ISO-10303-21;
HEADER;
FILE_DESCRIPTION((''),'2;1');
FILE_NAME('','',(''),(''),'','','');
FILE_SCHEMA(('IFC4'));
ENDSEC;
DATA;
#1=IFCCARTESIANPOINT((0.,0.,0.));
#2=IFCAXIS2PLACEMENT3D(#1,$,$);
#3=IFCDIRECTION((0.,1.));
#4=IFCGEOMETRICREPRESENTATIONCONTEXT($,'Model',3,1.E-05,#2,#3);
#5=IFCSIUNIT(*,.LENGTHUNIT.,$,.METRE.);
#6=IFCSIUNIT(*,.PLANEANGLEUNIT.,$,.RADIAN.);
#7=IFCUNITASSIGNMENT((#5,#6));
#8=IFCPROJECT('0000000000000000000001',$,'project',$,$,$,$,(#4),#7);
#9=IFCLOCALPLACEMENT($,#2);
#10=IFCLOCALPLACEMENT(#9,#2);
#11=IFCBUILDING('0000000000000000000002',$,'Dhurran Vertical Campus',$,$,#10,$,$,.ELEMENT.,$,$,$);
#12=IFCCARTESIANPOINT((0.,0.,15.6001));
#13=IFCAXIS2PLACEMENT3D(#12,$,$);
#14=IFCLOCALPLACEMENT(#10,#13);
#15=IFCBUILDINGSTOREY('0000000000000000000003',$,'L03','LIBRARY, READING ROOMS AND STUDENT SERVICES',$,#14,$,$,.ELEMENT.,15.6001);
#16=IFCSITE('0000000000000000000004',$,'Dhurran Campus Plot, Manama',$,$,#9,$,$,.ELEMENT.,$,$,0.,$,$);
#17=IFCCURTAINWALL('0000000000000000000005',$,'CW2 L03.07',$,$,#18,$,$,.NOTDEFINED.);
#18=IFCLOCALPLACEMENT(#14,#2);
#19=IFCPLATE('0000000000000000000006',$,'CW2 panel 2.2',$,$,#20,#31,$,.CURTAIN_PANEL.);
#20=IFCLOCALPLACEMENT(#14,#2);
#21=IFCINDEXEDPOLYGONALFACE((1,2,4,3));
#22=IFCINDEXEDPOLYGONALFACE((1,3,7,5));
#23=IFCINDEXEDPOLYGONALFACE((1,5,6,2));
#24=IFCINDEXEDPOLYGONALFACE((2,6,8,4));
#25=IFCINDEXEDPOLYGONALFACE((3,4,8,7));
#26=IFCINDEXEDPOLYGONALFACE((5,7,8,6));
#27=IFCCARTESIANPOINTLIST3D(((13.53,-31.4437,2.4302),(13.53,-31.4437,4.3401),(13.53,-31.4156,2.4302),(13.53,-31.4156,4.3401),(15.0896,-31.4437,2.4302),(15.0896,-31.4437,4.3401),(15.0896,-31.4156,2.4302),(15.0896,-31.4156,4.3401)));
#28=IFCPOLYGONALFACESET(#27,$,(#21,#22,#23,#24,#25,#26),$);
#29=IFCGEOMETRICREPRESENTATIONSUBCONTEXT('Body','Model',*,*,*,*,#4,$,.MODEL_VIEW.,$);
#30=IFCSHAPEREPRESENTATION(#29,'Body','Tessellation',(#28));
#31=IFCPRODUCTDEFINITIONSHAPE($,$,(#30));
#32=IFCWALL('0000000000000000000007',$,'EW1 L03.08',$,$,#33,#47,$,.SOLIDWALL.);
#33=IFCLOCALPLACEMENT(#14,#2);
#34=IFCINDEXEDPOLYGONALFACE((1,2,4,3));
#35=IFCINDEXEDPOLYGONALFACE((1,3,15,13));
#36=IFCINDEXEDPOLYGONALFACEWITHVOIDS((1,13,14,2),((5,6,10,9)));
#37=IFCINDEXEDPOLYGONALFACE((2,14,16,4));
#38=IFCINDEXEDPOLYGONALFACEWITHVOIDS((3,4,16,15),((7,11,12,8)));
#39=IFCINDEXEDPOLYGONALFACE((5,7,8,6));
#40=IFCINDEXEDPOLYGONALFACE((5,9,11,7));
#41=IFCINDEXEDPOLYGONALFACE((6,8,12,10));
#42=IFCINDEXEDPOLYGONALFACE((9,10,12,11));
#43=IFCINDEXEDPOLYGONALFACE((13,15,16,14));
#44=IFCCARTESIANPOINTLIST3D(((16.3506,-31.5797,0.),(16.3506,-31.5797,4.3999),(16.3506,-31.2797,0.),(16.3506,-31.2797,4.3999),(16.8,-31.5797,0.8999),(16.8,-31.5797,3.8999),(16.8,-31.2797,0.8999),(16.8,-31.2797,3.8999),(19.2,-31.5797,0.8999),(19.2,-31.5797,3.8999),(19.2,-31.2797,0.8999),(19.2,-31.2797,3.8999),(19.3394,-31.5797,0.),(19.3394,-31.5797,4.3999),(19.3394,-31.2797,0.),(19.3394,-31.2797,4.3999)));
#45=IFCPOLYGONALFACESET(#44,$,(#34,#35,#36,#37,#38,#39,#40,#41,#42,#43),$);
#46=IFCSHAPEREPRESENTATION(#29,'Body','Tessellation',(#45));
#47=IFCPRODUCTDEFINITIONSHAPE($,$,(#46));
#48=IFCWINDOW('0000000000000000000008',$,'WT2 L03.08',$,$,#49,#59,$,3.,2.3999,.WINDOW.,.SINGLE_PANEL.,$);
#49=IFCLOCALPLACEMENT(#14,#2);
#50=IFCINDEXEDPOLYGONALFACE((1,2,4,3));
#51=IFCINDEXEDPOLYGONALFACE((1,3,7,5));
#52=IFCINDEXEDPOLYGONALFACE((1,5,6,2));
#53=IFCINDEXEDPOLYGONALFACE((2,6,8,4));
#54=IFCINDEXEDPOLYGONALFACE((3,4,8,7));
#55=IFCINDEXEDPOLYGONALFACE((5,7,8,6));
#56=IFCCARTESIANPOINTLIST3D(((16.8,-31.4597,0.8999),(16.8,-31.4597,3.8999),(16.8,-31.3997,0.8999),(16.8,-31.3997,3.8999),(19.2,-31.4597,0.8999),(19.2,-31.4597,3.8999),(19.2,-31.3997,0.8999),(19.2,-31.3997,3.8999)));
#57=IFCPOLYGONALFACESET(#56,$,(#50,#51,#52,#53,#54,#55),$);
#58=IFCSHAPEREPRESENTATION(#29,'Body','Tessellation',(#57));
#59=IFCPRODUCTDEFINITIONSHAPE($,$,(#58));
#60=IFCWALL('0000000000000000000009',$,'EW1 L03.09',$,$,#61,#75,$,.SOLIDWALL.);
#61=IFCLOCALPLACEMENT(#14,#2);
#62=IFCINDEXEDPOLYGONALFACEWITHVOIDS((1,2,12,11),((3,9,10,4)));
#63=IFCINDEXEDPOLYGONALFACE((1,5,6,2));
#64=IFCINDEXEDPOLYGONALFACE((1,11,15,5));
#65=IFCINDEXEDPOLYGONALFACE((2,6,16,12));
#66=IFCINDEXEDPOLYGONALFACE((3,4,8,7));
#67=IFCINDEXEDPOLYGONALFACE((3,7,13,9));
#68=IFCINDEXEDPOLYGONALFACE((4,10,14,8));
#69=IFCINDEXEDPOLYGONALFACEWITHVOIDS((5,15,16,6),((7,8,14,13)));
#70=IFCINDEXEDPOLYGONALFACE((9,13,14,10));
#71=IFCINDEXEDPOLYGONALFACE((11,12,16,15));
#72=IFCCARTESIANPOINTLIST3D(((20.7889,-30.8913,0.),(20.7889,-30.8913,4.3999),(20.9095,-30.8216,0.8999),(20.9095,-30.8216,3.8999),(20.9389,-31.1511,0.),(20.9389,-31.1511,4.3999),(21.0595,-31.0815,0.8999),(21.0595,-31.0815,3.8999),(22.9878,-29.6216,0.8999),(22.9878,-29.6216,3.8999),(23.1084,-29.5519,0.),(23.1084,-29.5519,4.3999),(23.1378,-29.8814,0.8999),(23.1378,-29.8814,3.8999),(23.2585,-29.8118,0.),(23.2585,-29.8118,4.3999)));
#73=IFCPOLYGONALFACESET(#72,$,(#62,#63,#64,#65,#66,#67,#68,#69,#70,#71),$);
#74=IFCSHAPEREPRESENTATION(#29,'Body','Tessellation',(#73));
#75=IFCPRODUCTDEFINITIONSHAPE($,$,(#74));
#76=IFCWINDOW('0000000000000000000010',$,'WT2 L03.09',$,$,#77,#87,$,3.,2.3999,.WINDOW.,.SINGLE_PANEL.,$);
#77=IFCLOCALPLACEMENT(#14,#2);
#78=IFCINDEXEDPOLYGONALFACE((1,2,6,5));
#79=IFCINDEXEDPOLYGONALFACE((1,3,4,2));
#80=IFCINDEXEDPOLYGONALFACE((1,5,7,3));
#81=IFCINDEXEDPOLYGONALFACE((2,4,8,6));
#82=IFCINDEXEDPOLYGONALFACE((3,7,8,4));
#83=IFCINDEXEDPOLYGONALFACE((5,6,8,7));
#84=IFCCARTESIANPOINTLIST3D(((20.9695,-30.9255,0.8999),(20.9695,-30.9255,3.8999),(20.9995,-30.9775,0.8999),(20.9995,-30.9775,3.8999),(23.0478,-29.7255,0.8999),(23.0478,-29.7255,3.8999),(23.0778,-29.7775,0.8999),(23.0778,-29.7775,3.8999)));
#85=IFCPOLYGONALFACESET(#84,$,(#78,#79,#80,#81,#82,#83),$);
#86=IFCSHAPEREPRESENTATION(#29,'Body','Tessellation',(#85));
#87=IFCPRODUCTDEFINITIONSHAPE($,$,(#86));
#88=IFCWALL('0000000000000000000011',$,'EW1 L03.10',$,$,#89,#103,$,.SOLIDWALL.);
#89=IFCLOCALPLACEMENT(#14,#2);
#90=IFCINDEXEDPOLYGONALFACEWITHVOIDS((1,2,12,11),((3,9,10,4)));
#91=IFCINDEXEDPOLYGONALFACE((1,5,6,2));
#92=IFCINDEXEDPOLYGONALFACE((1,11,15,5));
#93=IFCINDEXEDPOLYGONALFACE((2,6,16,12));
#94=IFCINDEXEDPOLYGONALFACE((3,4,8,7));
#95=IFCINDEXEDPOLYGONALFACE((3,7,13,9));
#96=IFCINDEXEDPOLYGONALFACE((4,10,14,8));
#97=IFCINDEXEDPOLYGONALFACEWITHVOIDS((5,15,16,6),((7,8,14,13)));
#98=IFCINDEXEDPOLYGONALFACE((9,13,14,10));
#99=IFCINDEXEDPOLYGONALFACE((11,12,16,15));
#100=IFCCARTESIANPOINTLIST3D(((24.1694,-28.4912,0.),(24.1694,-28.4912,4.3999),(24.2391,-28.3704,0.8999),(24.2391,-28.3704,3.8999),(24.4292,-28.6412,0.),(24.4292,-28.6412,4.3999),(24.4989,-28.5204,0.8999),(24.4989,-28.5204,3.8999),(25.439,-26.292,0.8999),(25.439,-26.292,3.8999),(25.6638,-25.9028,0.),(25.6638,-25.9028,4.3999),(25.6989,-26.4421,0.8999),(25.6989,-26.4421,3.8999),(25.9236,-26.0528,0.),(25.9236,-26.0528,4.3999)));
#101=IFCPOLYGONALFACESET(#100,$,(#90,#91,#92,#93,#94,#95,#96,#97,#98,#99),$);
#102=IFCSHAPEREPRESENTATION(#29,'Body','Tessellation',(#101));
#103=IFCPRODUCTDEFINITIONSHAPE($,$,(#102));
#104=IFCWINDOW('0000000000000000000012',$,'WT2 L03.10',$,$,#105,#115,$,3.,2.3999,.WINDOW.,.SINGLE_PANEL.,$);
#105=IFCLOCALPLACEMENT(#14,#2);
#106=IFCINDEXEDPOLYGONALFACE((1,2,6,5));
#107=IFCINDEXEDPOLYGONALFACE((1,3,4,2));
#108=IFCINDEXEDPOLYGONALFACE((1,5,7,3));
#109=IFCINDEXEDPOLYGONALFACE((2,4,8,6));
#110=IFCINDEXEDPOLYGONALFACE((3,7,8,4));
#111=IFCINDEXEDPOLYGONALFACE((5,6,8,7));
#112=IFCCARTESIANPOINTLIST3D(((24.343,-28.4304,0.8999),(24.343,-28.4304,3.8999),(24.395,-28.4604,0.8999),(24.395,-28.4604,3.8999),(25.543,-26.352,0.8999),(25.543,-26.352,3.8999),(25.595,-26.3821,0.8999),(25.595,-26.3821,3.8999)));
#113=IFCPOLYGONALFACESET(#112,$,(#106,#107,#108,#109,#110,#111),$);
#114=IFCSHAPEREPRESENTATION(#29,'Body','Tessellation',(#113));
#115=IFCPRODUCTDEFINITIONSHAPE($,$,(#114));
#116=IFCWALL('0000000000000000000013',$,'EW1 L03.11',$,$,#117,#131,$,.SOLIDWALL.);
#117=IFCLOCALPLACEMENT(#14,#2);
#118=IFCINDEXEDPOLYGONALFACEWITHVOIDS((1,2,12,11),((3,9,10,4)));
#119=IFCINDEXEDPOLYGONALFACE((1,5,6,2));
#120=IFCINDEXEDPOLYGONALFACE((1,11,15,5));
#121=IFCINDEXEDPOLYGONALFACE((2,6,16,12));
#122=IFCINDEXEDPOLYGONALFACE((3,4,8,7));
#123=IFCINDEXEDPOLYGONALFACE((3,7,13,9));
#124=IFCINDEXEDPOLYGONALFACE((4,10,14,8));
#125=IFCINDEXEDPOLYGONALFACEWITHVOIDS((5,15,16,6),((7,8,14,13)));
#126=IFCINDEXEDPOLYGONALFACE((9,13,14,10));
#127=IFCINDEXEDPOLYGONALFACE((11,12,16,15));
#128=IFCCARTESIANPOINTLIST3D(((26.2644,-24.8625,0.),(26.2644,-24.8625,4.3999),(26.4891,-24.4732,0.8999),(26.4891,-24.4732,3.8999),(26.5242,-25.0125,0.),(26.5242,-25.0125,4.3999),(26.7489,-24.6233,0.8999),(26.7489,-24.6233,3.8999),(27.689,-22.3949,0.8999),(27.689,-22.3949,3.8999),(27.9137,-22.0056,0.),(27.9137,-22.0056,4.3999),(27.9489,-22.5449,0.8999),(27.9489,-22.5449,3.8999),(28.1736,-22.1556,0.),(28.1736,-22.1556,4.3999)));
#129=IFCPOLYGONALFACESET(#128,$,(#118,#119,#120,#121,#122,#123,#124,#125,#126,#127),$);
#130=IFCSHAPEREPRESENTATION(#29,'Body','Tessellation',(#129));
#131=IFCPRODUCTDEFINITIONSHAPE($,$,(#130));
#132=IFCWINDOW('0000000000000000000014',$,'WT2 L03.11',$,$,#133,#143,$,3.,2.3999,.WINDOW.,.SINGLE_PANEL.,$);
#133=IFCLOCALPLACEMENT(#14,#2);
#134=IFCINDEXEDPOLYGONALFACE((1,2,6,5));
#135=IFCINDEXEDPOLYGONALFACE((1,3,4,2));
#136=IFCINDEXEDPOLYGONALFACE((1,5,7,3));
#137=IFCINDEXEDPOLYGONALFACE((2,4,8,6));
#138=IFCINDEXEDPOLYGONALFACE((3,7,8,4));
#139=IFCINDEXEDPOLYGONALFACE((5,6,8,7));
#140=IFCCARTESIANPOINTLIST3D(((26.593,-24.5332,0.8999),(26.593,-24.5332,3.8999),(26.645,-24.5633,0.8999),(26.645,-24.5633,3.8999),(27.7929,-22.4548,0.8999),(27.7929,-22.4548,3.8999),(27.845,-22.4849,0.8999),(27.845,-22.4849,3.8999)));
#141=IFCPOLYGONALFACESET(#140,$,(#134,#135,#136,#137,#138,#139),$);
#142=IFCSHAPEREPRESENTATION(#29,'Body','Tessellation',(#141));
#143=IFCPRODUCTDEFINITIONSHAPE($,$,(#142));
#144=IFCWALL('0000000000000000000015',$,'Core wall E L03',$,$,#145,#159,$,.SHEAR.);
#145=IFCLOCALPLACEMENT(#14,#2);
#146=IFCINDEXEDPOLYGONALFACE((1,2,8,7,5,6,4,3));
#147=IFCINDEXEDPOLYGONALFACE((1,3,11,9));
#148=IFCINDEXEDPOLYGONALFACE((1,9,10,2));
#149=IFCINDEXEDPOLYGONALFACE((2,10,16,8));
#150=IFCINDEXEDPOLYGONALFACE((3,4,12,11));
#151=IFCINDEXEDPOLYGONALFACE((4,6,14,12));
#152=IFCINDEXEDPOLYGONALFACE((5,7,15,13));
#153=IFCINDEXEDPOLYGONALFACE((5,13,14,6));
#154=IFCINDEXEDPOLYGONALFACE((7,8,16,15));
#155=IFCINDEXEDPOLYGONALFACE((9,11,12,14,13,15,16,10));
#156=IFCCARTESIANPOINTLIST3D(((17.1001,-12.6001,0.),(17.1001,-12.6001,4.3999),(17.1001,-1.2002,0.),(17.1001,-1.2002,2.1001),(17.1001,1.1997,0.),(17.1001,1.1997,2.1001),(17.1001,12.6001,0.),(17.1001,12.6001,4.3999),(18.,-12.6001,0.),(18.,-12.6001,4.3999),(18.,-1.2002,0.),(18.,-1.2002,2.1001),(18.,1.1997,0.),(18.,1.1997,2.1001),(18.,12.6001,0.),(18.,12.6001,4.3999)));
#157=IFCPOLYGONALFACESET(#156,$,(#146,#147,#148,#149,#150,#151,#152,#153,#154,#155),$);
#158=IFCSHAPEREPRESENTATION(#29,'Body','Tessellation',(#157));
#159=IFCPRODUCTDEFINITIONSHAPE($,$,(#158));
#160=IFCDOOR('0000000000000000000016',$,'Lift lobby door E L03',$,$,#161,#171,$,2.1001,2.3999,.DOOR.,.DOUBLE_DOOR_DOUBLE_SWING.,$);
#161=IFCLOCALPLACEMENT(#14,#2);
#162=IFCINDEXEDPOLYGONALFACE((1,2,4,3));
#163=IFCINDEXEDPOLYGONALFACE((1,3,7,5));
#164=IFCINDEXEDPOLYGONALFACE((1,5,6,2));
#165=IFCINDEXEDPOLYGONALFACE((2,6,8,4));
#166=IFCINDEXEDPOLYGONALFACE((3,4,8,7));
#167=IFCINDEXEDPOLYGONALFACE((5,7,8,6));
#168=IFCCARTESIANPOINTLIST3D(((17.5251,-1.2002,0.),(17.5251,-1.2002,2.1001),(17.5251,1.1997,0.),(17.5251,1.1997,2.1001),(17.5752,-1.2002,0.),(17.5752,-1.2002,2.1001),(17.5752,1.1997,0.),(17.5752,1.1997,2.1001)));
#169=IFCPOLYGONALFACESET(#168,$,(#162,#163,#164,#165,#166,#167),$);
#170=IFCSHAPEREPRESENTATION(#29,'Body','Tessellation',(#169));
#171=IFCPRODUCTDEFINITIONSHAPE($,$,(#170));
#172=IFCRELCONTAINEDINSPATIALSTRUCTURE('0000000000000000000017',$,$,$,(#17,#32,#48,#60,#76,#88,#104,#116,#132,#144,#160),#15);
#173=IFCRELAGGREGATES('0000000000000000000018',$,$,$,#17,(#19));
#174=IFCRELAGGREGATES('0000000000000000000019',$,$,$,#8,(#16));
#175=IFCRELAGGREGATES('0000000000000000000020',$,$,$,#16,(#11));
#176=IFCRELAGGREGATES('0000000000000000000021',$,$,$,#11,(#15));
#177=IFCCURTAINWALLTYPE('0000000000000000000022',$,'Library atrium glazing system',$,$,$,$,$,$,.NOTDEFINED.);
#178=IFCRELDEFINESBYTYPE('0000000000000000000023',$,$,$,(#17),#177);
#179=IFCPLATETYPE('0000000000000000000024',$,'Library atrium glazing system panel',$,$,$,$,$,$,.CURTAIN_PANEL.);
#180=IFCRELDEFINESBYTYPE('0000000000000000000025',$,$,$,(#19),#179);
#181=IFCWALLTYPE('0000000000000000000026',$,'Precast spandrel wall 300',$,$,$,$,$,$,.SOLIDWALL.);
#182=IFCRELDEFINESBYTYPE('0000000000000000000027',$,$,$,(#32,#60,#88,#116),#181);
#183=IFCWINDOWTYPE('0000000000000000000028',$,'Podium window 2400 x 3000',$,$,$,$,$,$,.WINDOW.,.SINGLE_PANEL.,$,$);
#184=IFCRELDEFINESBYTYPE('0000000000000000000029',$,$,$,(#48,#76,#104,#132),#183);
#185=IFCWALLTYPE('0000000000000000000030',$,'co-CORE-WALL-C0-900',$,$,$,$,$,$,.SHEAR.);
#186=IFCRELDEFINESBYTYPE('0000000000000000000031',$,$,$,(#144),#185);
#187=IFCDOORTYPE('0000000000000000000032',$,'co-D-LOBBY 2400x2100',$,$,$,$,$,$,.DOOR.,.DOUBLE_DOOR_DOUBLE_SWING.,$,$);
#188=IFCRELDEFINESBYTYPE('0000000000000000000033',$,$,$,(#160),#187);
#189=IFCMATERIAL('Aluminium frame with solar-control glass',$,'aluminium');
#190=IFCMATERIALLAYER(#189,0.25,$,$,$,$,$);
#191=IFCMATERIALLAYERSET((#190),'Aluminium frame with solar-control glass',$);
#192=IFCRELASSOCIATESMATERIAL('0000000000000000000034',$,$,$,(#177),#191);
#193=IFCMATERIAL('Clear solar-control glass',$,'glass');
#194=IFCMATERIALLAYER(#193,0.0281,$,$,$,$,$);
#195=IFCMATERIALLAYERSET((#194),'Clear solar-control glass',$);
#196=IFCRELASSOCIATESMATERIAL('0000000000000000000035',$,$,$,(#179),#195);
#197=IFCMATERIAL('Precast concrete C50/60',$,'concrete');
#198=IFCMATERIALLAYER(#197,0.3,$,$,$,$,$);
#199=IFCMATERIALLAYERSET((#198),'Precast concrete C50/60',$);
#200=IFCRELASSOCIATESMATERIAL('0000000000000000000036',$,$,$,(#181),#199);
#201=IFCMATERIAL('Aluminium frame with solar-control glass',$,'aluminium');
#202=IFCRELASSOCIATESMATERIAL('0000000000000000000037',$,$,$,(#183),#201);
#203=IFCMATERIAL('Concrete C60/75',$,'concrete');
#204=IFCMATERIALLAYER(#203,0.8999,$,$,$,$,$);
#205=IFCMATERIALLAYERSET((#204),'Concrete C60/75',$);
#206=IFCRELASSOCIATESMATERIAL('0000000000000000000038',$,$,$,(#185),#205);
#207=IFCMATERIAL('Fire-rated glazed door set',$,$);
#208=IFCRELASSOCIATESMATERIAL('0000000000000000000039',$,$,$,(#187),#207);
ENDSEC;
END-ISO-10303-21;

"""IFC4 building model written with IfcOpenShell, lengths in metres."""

from ifc_helpers import new_model, si_unit, direction, frame, frame_2d, origin, origin_2d, place, context, subcontext, project, spatial, rectangle, extrude, material, layer, layer_set, type_object, element, fill, aggregate, save


model = new_model("IFC4")

# Units and contexts
model_context = context("Model", 3, precision=1e-05, world=origin(), true_north=direction((0.0, 1.0)))
body_context = subcontext(model_context, "Body", "Model", "MODEL_VIEW")
ifc_project = project(units=[si_unit("LENGTHUNIT", "METRE"), si_unit("PLANEANGLEUNIT", "RADIAN")], contexts=[model_context])

# Site, building, storey
site_placement = place(None, origin())
site = spatial("IfcSite", under=ifc_project, at=site_placement, Name="Dhurran Campus Plot, Manama", CompositionType="ELEMENT", RefElevation=0.0)
building_placement = place(site_placement, origin())
building = spatial("IfcBuilding", under=site, at=building_placement, Name="Dhurran Vertical Campus", CompositionType="ELEMENT")
storey_placement = place(building_placement, frame((0.0, 0.0, 15.6001)))
storey = spatial("IfcBuildingStorey", under=building, at=storey_placement, Name="L03", Description="LIBRARY, READING ROOMS AND STUDENT SERVICES", CompositionType="ELEMENT", Elevation=15.6001)

# Curtain wall, plate
ifc_material_1 = material(Name="Aluminium frame with solar-control glass", Category="aluminium")
ifc_layer_1 = layer(ifc_material_1, 0.25)
ifc_layer_set_1 = layer_set([ifc_layer_1], Name="Aluminium frame with solar-control glass")
curtain_wall_type = type_object("IfcCurtainWallType", Name="Library atrium glazing system", PredefinedType="NOTDEFINED", material=ifc_layer_set_1)
curtain_wall_placement = place(storey_placement, origin())
curtain_wall = element("IfcCurtainWall", 1, at=curtain_wall_placement, inside=storey, type_object=curtain_wall_type, Name="CW2 L03.07", PredefinedType="NOTDEFINED")
ifc_material_2 = material(Name="Clear solar-control glass", Category="glass")
ifc_layer_2 = layer(ifc_material_2, 0.0281)
ifc_layer_set_2 = layer_set([ifc_layer_2], Name="Clear solar-control glass")
plate_type = type_object("IfcPlateType", Name="Library atrium glazing system panel", PredefinedType="CURTAIN_PANEL", material=ifc_layer_set_2)
plate_1_placement = place(storey_placement, frame((14.3098, -31.4297, 2.4302), z_axis=(0.0, 0.0, 1.0), x_axis=(1.0, 0.0, 0.0)))
plate_1 = element("IfcPlate", 2, at=plate_1_placement, type_object=plate_type, Name="CW2 panel 2.2", PredefinedType="CURTAIN_PANEL", context=body_context, shape_type="SweptSolid", body=[
    extrude(rectangle(XDim=1.5596, YDim=0.0281, at=origin_2d()), origin(), (0.0, 0.0, 1.0), 1.9099),
])
aggregate(curtain_wall, [plate_1])

# Walls, openings, windows
ifc_material_3 = material(Name="Precast concrete C50/60", Category="concrete")
ifc_layer_3 = layer(ifc_material_3, 0.3)
ifc_layer_set_3 = layer_set([ifc_layer_3], Name="Precast concrete C50/60")
wall_type_1 = type_object("IfcWallType", Name="Precast spandrel wall 300", PredefinedType="SOLIDWALL", material=ifc_layer_set_3)
wall_1_placement = place(storey_placement, frame((16.3506, -31.4297, 0.0), z_axis=(0.0, 0.0, 1.0), x_axis=(1.0, 0.0, 0.0)))
wall_1 = element("IfcWall", 3, at=wall_1_placement, inside=storey, type_object=wall_type_1, Name="EW1 L03.08", PredefinedType="SOLIDWALL", context=body_context, shape_type="SweptSolid", body=[
    extrude(rectangle(XDim=2.9888, YDim=0.3, at=frame_2d((1.4944, 0.0))), origin(), (0.0, 0.0, 1.0), 4.3999),
])
opening_1_placement = place(wall_1_placement, frame((0.4495, 0.0, 0.8999)))
opening_1 = element("IfcOpeningElement", 4, at=opening_1_placement, cuts=wall_1, PredefinedType="OPENING", context=body_context, shape_type="SweptSolid", body=[
    extrude(rectangle(XDim=2.3999, YDim=3.0, at=frame_2d((1.2, 1.5))), frame((0.0, 0.1599, 0.0), z_axis=(0.0, -1.0, 0.0), x_axis=(1.0, 0.0, 0.0)), (0.0, 0.0, 1.0), 0.3201),
])
ifc_material_4 = material(Name="Aluminium frame with solar-control glass", Category="aluminium")
window_type = type_object("IfcWindowType", Name="Podium window 2400 x 3000", PartitioningType="SINGLE_PANEL", PredefinedType="WINDOW", material=ifc_material_4)
window_1_placement = place(opening_1_placement, origin())
window_1 = element("IfcWindow", 5, at=window_1_placement, inside=storey, type_object=window_type, Name="WT2 L03.08", OverallHeight=3.0, OverallWidth=2.3999, PartitioningType="SINGLE_PANEL", PredefinedType="WINDOW", context=body_context, shape_type="SweptSolid", body=[
    extrude(rectangle(XDim=2.3999, YDim=3.0, at=frame_2d((1.2, 1.5))), frame((0.0, 0.03, 0.0), z_axis=(0.0, -1.0, 0.0), x_axis=(1.0, 0.0, 0.0)), (0.0, 0.0, 1.0), 0.0601),
])
fill(opening_1, window_1)
wall_2_placement = place(storey_placement, frame((20.8638, -31.0212, 0.0), z_axis=(0.0, 0.0, 1.0), x_axis=(0.866002, 0.500041, 0.0)))
wall_2 = element("IfcWall", 6, at=wall_2_placement, inside=storey, type_object=wall_type_1, Name="EW1 L03.09", PredefinedType="SOLIDWALL", context=body_context, shape_type="SweptSolid", body=[
    extrude(rectangle(XDim=2.6785, YDim=0.3, at=frame_2d((1.3394, 0.0))), origin(), (0.0, 0.0, 1.0), 4.3999),
])
opening_2_placement = place(wall_2_placement, frame((0.1394, 0.0, 0.8999)))
opening_2 = element("IfcOpeningElement", 7, at=opening_2_placement, cuts=wall_2, PredefinedType="OPENING", context=body_context, shape_type="SweptSolid", body=[
    extrude(rectangle(XDim=2.3999, YDim=3.0, at=frame_2d((1.2, 1.5))), frame((0.0, 0.1599, 0.0), z_axis=(0.0, -1.0, 0.0), x_axis=(1.0, 0.0, 0.0)), (0.0, 0.0, 1.0), 0.3201),
])
window_2_placement = place(opening_2_placement, origin())
window_2 = element("IfcWindow", 8, at=window_2_placement, inside=storey, type_object=window_type, Name="WT2 L03.09", OverallHeight=3.0, OverallWidth=2.3999, PartitioningType="SINGLE_PANEL", PredefinedType="WINDOW", context=body_context, shape_type="SweptSolid", body=[
    extrude(rectangle(XDim=2.3999, YDim=3.0, at=frame_2d((1.2, 1.5))), frame((0.0, 0.03, 0.0), z_axis=(0.0, -1.0, 0.0), x_axis=(1.0, 0.0, 0.0)), (0.0, 0.0, 1.0), 0.0601),
])
fill(opening_2, window_2)
wall_3_placement = place(storey_placement, frame((24.2993, -28.5662, 0.0), z_axis=(0.0, 0.0, 1.0), x_axis=(0.499996, 0.866028, 0.0)))
wall_3 = element("IfcWall", 9, at=wall_3_placement, inside=storey, type_object=wall_type_1, Name="EW1 L03.10", PredefinedType="SOLIDWALL", context=body_context, shape_type="SweptSolid", body=[
    extrude(rectangle(XDim=2.9888, YDim=0.3, at=frame_2d((1.4944, 0.0))), origin(), (0.0, 0.0, 1.0), 4.3999),
])
opening_3_placement = place(wall_3_placement, frame((0.1394, 0.0, 0.8999)))
opening_3 = element("IfcOpeningElement", 10, at=opening_3_placement, cuts=wall_3, PredefinedType="OPENING", context=body_context, shape_type="SweptSolid", body=[
    extrude(rectangle(XDim=2.3999, YDim=3.0, at=frame_2d((1.2, 1.5))), frame((0.0, 0.1599, 0.0), z_axis=(0.0, -1.0, 0.0), x_axis=(1.0, 0.0, 0.0)), (0.0, 0.0, 1.0), 0.3201),
])
window_3_placement = place(opening_3_placement, origin())
window_3 = element("IfcWindow", 11, at=window_3_placement, inside=storey, type_object=window_type, Name="WT2 L03.10", OverallHeight=3.0, OverallWidth=2.3999, PartitioningType="SINGLE_PANEL", PredefinedType="WINDOW", context=body_context, shape_type="SweptSolid", body=[
    extrude(rectangle(XDim=2.3999, YDim=3.0, at=frame_2d((1.2, 1.5))), frame((0.0, 0.03, 0.0), z_axis=(0.0, -1.0, 0.0), x_axis=(1.0, 0.0, 0.0)), (0.0, 0.0, 1.0), 0.0601),
])
fill(opening_3, window_3)
wall_4_placement = place(storey_placement, frame((26.3943, -24.9375, 0.0), z_axis=(0.0, 0.0, 1.0), x_axis=(0.499992, 0.86603, 0.0)))
wall_4 = element("IfcWall", 12, at=wall_4_placement, inside=storey, type_object=wall_type_1, Name="EW1 L03.11", PredefinedType="SOLIDWALL", context=body_context, shape_type="SweptSolid", body=[
    extrude(rectangle(XDim=3.2988, YDim=0.3, at=frame_2d((1.6494, 0.0))), origin(), (0.0, 0.0, 1.0), 4.3999),
])
opening_4_placement = place(wall_4_placement, frame((0.4495, 0.0, 0.8999)))
opening_4 = element("IfcOpeningElement", 13, at=opening_4_placement, cuts=wall_4, PredefinedType="OPENING", context=body_context, shape_type="SweptSolid", body=[
    extrude(rectangle(XDim=2.3999, YDim=3.0, at=frame_2d((1.2, 1.5))), frame((0.0, 0.1599, 0.0), z_axis=(0.0, -1.0, 0.0), x_axis=(1.0, 0.0, 0.0)), (0.0, 0.0, 1.0), 0.3201),
])
window_4_placement = place(opening_4_placement, origin())
window_4 = element("IfcWindow", 14, at=window_4_placement, inside=storey, type_object=window_type, Name="WT2 L03.11", OverallHeight=3.0, OverallWidth=2.3999, PartitioningType="SINGLE_PANEL", PredefinedType="WINDOW", context=body_context, shape_type="SweptSolid", body=[
    extrude(rectangle(XDim=2.3999, YDim=3.0, at=frame_2d((1.2, 1.5))), frame((0.0, 0.03, 0.0), z_axis=(0.0, -1.0, 0.0), x_axis=(1.0, 0.0, 0.0)), (0.0, 0.0, 1.0), 0.0601),
])
fill(opening_4, window_4)

# Wall, opening, door
ifc_material_5 = material(Name="Concrete C60/75", Category="concrete")
ifc_layer_4 = layer(ifc_material_5, 0.8999)
ifc_layer_set_4 = layer_set([ifc_layer_4], Name="Concrete C60/75")
wall_type_2 = type_object("IfcWallType", Name="co-CORE-WALL-C0-900", PredefinedType="SHEAR", material=ifc_layer_set_4)
wall_5_placement = place(storey_placement, frame((17.55, -12.6001, 0.0), z_axis=(0.0, 0.0, 1.0), x_axis=(0.0, 1.0, 0.0)))
wall_5 = element("IfcWall", 15, at=wall_5_placement, inside=storey, type_object=wall_type_2, Name="Core wall E L03", PredefinedType="SHEAR", context=body_context, shape_type="SweptSolid", body=[
    extrude(rectangle(XDim=25.2002, YDim=0.8999, at=frame_2d((12.6001, 0.0))), origin(), (0.0, 0.0, 1.0), 4.3999),
])
opening_5_placement = place(wall_5_placement, frame((11.3999, 0.0, 0.0)))
opening_5 = element("IfcOpeningElement", 16, at=opening_5_placement, cuts=wall_5, PredefinedType="OPENING", context=body_context, shape_type="SweptSolid", body=[
    extrude(rectangle(XDim=2.3999, YDim=2.1001, at=frame_2d((1.2, 1.05))), frame((0.0, 0.46, 0.0), z_axis=(0.0, -1.0, 0.0), x_axis=(1.0, 0.0, 0.0)), (0.0, 0.0, 1.0), 0.9199),
])
ifc_material_6 = material(Name="Fire-rated glazed door set")
door_type_1 = type_object("IfcDoorType", Name="co-D-LOBBY 2400x2100", OperationType="DOUBLE_DOOR_DOUBLE_SWING", PredefinedType="DOOR", material=ifc_material_6)
door_1_placement = place(opening_5_placement, origin())
door_1 = element("IfcDoor", 17, at=door_1_placement, inside=storey, type_object=door_type_1, Name="Lift lobby door E L03", OperationType="DOUBLE_DOOR_DOUBLE_SWING", OverallHeight=2.1001, OverallWidth=2.3999, PredefinedType="DOOR", context=body_context, shape_type="SweptSolid", body=[
    extrude(rectangle(XDim=2.3999, YDim=2.1001, at=frame_2d((1.2, 1.05))), frame((0.0, 0.0249, 0.0), z_axis=(0.0, -1.0, 0.0), x_axis=(1.0, 0.0, 0.0)), (0.0, 0.0, 1.0), 0.05),
])
fill(opening_5, door_1)

save(model, "model.ifc")
